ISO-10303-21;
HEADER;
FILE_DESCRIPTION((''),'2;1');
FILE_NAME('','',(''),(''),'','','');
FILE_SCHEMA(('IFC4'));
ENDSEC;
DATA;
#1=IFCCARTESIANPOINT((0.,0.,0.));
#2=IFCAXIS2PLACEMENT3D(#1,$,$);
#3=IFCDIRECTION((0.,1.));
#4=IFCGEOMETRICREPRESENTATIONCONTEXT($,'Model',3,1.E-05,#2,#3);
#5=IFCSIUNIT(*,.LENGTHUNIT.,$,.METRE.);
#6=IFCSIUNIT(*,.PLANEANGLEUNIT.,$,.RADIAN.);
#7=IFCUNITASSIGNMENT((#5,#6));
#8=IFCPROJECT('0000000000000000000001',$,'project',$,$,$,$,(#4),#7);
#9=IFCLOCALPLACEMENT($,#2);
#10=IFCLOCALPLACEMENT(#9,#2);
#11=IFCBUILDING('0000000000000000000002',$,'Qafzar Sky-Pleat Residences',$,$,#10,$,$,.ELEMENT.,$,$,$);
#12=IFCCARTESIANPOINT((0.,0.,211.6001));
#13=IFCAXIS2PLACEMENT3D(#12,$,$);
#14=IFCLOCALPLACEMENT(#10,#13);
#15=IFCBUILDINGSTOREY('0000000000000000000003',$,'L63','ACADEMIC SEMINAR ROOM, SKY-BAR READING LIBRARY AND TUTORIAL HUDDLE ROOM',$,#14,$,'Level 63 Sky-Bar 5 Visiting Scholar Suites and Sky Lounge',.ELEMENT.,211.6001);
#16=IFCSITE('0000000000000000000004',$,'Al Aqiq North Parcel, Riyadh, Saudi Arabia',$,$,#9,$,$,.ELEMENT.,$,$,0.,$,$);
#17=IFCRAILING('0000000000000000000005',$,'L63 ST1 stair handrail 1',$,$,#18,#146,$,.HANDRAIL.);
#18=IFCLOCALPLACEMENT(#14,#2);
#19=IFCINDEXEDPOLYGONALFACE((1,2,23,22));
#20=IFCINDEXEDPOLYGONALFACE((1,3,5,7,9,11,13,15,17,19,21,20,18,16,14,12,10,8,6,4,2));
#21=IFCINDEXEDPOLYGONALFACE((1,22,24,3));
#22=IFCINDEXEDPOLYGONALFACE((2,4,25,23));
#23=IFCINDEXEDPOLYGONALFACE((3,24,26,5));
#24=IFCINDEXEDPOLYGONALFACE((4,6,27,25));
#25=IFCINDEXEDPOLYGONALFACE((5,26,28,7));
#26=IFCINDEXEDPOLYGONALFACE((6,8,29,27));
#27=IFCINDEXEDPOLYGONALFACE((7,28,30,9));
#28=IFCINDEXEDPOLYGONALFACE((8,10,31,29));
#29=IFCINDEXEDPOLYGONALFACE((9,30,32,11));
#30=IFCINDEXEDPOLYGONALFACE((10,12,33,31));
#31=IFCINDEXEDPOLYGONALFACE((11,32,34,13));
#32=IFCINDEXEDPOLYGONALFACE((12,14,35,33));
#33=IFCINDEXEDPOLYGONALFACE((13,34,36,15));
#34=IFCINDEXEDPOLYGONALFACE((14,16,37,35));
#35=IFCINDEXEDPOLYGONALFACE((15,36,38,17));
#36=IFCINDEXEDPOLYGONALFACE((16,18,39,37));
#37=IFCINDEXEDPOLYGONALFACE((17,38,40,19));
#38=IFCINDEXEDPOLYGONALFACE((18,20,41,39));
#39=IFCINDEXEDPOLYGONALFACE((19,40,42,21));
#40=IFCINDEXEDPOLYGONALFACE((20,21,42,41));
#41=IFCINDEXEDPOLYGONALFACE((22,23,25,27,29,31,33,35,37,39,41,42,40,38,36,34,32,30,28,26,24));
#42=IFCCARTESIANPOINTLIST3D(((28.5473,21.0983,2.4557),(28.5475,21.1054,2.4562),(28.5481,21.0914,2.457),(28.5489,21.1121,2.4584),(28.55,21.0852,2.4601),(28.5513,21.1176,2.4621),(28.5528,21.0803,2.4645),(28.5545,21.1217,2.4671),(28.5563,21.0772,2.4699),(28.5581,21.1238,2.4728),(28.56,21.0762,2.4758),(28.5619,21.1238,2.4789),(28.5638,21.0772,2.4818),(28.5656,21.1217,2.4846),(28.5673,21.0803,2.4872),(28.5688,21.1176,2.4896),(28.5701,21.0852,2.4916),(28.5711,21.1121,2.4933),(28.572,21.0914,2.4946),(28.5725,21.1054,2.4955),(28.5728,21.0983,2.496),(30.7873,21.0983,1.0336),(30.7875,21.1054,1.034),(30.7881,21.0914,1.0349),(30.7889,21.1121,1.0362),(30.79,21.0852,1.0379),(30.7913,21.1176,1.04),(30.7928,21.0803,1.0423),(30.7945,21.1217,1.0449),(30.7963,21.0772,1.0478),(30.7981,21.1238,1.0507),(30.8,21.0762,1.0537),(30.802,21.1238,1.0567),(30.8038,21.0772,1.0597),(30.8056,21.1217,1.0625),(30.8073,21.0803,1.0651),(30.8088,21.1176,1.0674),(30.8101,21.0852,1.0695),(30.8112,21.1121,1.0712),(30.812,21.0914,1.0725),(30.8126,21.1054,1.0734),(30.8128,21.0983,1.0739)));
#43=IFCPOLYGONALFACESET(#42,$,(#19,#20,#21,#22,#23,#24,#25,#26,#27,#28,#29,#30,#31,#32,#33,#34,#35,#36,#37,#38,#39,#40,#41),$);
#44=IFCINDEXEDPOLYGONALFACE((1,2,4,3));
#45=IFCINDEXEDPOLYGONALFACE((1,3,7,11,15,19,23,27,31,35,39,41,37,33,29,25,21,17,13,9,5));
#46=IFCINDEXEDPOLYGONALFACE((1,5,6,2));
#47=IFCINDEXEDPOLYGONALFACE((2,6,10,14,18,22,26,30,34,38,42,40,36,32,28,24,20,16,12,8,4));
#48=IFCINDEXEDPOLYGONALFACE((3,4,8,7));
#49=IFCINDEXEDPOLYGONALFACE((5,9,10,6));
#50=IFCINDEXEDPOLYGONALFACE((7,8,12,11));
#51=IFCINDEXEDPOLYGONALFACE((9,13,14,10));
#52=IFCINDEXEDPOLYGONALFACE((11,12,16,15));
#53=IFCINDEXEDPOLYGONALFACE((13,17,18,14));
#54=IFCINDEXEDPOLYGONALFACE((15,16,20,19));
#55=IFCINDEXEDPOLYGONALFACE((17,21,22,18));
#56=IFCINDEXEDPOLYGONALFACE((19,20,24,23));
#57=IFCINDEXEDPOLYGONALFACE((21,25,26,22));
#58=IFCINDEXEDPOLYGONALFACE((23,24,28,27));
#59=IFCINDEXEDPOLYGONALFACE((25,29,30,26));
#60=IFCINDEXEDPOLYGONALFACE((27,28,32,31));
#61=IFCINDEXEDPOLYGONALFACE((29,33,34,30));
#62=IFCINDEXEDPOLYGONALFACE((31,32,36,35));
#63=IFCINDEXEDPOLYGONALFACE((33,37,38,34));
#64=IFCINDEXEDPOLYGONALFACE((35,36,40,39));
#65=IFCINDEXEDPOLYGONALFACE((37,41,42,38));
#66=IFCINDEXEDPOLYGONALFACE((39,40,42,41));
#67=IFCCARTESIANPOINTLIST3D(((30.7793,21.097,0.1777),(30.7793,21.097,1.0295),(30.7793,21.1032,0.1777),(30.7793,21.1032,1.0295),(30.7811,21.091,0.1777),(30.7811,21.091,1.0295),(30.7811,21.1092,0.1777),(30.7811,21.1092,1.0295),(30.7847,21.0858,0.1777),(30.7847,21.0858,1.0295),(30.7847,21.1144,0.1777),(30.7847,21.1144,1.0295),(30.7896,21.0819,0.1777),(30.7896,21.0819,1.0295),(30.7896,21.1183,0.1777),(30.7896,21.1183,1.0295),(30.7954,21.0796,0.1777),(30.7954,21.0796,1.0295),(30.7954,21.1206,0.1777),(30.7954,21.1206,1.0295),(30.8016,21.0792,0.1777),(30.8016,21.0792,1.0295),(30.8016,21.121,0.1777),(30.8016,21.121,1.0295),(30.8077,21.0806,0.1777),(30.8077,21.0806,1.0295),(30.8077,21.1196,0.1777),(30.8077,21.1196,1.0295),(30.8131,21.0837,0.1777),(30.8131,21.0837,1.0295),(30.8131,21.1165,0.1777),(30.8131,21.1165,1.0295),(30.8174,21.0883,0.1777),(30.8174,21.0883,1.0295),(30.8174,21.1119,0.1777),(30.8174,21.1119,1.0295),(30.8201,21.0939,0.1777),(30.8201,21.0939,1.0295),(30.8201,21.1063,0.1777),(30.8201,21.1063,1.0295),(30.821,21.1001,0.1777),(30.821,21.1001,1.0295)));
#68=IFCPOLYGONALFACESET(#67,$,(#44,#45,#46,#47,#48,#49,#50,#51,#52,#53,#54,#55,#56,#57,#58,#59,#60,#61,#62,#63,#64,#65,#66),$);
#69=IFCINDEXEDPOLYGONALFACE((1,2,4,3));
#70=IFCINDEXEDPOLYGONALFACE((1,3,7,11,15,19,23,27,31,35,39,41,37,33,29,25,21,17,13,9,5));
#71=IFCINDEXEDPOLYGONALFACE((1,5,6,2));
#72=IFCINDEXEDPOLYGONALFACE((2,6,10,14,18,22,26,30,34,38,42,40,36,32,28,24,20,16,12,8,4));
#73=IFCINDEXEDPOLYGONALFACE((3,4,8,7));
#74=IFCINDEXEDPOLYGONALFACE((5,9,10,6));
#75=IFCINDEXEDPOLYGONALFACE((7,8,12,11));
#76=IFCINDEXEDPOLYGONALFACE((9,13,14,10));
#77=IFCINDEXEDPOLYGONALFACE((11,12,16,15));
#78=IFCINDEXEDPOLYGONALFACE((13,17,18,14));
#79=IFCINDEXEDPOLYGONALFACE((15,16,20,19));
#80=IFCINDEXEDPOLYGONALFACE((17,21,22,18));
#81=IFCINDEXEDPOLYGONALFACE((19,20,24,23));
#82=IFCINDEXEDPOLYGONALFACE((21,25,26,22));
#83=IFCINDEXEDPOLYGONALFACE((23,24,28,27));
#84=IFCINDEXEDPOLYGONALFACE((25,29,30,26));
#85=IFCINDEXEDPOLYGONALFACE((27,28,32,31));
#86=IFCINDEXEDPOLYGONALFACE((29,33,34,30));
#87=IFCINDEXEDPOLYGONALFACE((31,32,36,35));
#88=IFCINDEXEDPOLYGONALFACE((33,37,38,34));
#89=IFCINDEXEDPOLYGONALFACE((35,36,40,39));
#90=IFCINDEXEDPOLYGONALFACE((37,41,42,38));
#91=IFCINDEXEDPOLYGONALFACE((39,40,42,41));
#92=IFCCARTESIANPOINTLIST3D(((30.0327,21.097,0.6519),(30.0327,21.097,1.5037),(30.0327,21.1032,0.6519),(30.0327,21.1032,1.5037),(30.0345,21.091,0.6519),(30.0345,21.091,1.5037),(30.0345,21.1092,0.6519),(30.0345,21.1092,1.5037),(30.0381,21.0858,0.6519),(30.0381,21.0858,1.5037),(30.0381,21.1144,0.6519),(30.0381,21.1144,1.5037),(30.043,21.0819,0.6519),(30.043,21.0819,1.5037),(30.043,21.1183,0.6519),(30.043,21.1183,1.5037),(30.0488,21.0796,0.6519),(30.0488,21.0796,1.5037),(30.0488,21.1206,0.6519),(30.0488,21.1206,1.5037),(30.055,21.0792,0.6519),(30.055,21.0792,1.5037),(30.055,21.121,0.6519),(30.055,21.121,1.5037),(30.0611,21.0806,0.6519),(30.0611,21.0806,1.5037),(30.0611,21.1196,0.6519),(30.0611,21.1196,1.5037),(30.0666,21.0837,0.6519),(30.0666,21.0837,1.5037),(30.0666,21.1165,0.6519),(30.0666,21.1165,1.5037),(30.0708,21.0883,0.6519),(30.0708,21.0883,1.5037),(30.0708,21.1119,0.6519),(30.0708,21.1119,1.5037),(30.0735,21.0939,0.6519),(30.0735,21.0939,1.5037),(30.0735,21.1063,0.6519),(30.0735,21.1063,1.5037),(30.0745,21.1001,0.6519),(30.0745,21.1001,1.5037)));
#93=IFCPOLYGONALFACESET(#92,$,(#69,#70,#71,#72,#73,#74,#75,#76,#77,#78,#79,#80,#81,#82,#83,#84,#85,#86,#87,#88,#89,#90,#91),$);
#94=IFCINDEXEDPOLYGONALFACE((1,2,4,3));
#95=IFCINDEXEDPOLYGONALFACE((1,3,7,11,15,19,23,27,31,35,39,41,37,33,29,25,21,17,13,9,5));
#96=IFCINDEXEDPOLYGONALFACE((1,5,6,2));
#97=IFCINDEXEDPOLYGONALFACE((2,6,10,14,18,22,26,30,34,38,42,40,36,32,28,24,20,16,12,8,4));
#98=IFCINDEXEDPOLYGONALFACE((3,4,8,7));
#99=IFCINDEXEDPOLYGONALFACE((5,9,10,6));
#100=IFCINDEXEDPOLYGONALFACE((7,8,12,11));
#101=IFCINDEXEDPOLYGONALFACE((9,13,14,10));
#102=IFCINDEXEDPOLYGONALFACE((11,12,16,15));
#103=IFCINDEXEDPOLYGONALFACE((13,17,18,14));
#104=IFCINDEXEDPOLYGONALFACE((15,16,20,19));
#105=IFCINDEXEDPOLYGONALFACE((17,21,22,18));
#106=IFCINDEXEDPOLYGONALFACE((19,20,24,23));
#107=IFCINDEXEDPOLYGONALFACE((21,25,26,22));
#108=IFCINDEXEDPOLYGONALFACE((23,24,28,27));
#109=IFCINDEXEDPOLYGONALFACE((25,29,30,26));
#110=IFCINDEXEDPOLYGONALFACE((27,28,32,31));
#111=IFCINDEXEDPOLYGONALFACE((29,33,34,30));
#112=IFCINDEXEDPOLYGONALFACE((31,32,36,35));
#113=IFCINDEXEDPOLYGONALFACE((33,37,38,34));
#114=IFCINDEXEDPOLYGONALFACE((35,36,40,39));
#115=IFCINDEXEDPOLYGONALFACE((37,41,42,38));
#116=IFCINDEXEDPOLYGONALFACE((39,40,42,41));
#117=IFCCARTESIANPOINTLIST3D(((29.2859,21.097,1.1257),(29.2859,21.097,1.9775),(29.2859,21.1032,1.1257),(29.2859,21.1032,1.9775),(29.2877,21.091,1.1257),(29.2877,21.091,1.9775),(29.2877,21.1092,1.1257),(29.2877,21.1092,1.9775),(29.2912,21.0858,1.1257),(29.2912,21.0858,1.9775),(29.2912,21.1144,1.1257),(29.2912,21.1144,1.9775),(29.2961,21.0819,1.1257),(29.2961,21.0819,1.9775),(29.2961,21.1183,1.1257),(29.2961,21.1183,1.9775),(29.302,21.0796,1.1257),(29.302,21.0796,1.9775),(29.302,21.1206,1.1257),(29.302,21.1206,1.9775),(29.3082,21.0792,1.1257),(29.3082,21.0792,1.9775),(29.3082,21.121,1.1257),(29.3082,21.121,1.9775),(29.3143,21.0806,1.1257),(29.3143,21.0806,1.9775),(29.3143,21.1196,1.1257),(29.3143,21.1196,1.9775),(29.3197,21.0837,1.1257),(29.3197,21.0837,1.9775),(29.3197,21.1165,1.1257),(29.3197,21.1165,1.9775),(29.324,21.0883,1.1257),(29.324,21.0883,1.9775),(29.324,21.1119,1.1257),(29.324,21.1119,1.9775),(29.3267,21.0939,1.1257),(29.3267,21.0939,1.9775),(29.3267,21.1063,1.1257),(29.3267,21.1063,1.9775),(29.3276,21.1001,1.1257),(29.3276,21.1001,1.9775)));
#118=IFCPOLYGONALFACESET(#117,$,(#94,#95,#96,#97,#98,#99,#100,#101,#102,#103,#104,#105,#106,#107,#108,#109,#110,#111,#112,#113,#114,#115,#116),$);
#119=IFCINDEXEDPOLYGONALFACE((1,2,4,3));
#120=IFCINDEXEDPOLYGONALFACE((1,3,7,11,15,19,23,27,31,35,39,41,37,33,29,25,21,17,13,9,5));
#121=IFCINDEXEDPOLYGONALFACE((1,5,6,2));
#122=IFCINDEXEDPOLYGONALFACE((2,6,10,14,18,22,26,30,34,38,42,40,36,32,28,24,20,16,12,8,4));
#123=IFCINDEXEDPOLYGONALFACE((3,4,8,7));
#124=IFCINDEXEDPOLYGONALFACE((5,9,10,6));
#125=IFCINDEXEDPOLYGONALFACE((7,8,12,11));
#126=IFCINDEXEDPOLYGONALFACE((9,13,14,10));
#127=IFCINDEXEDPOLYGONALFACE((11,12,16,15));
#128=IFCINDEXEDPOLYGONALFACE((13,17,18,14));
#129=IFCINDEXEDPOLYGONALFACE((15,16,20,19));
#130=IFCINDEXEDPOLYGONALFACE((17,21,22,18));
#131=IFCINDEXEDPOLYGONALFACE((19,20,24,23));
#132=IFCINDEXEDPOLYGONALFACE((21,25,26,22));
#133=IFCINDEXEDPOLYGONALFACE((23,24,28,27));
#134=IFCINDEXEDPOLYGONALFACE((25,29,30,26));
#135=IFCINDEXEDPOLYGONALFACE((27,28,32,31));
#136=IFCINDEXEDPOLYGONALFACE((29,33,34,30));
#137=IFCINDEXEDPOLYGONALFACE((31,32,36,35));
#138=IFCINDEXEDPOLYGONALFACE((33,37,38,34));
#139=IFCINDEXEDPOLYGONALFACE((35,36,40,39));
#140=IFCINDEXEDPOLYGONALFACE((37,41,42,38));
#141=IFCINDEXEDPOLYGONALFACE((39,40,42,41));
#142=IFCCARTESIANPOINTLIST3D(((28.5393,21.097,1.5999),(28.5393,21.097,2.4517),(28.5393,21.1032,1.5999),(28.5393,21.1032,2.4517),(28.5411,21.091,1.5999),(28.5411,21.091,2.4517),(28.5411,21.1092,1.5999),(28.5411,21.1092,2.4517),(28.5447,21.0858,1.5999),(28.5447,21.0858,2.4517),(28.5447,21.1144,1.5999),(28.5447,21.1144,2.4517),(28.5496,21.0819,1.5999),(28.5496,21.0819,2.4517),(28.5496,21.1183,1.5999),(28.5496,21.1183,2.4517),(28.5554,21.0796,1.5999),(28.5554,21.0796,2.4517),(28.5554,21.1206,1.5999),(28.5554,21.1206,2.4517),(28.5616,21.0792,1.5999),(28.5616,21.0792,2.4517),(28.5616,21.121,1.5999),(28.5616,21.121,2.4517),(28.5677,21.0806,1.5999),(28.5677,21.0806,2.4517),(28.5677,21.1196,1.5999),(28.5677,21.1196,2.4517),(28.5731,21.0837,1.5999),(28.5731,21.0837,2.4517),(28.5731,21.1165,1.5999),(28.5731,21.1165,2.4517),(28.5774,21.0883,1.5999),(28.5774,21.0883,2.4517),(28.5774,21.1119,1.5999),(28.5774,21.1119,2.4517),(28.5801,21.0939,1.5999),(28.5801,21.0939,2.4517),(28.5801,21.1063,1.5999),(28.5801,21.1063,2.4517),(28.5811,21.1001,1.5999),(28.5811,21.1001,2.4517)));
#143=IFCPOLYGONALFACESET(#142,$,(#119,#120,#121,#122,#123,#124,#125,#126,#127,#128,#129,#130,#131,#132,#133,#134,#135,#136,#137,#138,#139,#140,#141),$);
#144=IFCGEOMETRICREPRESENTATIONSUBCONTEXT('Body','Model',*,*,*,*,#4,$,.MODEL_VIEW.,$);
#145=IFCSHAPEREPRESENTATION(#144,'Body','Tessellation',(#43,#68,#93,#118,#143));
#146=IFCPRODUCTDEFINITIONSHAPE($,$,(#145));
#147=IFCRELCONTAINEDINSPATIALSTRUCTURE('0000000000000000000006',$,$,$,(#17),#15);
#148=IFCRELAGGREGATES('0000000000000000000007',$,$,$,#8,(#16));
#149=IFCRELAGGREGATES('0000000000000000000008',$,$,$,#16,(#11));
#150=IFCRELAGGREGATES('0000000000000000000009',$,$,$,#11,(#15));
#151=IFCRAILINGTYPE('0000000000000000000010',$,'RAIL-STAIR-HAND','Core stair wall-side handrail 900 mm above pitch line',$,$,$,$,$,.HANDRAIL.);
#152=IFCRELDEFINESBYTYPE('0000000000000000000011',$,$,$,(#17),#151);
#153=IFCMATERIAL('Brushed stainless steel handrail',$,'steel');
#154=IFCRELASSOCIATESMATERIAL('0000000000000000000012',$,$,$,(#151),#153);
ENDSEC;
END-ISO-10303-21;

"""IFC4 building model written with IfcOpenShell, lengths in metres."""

from ifc_helpers import new_model, si_unit, direction, frame, origin, origin_2d, place, context, subcontext, project, spatial, circle, extrude, source, transform, mapped, material, type_object, element, save


model = new_model("IFC4")

# Units and contexts
model_context = context("Model", 3, precision=1e-05, world=origin(), true_north=direction((0.0, 1.0)))
body_context = subcontext(model_context, "Body", "Model", "MODEL_VIEW")
ifc_project = project(units=[si_unit("LENGTHUNIT", "METRE"), si_unit("PLANEANGLEUNIT", "RADIAN")], contexts=[model_context])

# Site, building, storey
site_placement = place(None, origin())
site = spatial("IfcSite", under=ifc_project, at=site_placement, Name="Al Aqiq North Parcel, Riyadh, Saudi Arabia", CompositionType="ELEMENT", RefElevation=0.0)
building_placement = place(site_placement, origin())
building = spatial("IfcBuilding", under=site, at=building_placement, Name="Qafzar Sky-Pleat Residences", CompositionType="ELEMENT")
storey_placement = place(building_placement, frame((0.0, 0.0, 211.6001)))
storey = spatial("IfcBuildingStorey", under=building, at=storey_placement, Name="L63", Description="ACADEMIC SEMINAR ROOM, SKY-BAR READING LIBRARY AND TUTORIAL HUDDLE ROOM", LongName="Level 63 Sky-Bar 5 Visiting Scholar Suites and Sky Lounge", CompositionType="ELEMENT", Elevation=211.6001)

# Railing
ifc_material_1 = material(Name="Brushed stainless steel handrail", Category="steel")
railing_type_1 = type_object("IfcRailingType", Name="RAIL-STAIR-HAND", Description="Core stair wall-side handrail 900 mm above pitch line", PredefinedType="HANDRAIL", material=ifc_material_1)
shared_shape_1 = source(origin(), body_context, "Body", "SweptSolid", [
    extrude(circle(Radius=0.0239, at=origin_2d()), frame((0.0, 0.0, 0.876), z_axis=(-0.844229, 0.0, 0.535982), x_axis=(0.0, -1.0, 0.0)), (0.0, 0.0, 1.0), 2.6533),
    extrude(circle(Radius=0.021, at=origin_2d()), origin(), (0.0, 0.0, 1.0), 0.8518),
    extrude(circle(Radius=0.021, at=origin_2d()), frame((-0.7466, 0.0, 0.4741)), (0.0, 0.0, 1.0), 0.8518),
    extrude(circle(Radius=0.021, at=origin_2d()), frame((-1.4934, 0.0, 0.948)), (0.0, 0.0, 1.0), 0.8518),
    extrude(circle(Radius=0.021, at=origin_2d()), frame((-2.24, 0.0, 1.4221)), (0.0, 0.0, 1.0), 0.8518),
])
railing_1_placement = place(storey_placement, frame((30.8, 21.1001, 0.1777)))
element("IfcRailing", 1, at=railing_1_placement, inside=storey, type_object=railing_type_1, Name="L63 ST1 stair handrail 1", PredefinedType="HANDRAIL", context=body_context, shape_type="MappedRepresentation", body=[
    mapped(shared_shape_1, transform((0.0, 0.0, 0.0), x_axis=(1.0, 0.0, 0.0), y_axis=(0.0, 1.0, 0.0), z_axis=(0.0, 0.0, 1.0), scale=1.0)),
])

save(model, "model.ifc")
